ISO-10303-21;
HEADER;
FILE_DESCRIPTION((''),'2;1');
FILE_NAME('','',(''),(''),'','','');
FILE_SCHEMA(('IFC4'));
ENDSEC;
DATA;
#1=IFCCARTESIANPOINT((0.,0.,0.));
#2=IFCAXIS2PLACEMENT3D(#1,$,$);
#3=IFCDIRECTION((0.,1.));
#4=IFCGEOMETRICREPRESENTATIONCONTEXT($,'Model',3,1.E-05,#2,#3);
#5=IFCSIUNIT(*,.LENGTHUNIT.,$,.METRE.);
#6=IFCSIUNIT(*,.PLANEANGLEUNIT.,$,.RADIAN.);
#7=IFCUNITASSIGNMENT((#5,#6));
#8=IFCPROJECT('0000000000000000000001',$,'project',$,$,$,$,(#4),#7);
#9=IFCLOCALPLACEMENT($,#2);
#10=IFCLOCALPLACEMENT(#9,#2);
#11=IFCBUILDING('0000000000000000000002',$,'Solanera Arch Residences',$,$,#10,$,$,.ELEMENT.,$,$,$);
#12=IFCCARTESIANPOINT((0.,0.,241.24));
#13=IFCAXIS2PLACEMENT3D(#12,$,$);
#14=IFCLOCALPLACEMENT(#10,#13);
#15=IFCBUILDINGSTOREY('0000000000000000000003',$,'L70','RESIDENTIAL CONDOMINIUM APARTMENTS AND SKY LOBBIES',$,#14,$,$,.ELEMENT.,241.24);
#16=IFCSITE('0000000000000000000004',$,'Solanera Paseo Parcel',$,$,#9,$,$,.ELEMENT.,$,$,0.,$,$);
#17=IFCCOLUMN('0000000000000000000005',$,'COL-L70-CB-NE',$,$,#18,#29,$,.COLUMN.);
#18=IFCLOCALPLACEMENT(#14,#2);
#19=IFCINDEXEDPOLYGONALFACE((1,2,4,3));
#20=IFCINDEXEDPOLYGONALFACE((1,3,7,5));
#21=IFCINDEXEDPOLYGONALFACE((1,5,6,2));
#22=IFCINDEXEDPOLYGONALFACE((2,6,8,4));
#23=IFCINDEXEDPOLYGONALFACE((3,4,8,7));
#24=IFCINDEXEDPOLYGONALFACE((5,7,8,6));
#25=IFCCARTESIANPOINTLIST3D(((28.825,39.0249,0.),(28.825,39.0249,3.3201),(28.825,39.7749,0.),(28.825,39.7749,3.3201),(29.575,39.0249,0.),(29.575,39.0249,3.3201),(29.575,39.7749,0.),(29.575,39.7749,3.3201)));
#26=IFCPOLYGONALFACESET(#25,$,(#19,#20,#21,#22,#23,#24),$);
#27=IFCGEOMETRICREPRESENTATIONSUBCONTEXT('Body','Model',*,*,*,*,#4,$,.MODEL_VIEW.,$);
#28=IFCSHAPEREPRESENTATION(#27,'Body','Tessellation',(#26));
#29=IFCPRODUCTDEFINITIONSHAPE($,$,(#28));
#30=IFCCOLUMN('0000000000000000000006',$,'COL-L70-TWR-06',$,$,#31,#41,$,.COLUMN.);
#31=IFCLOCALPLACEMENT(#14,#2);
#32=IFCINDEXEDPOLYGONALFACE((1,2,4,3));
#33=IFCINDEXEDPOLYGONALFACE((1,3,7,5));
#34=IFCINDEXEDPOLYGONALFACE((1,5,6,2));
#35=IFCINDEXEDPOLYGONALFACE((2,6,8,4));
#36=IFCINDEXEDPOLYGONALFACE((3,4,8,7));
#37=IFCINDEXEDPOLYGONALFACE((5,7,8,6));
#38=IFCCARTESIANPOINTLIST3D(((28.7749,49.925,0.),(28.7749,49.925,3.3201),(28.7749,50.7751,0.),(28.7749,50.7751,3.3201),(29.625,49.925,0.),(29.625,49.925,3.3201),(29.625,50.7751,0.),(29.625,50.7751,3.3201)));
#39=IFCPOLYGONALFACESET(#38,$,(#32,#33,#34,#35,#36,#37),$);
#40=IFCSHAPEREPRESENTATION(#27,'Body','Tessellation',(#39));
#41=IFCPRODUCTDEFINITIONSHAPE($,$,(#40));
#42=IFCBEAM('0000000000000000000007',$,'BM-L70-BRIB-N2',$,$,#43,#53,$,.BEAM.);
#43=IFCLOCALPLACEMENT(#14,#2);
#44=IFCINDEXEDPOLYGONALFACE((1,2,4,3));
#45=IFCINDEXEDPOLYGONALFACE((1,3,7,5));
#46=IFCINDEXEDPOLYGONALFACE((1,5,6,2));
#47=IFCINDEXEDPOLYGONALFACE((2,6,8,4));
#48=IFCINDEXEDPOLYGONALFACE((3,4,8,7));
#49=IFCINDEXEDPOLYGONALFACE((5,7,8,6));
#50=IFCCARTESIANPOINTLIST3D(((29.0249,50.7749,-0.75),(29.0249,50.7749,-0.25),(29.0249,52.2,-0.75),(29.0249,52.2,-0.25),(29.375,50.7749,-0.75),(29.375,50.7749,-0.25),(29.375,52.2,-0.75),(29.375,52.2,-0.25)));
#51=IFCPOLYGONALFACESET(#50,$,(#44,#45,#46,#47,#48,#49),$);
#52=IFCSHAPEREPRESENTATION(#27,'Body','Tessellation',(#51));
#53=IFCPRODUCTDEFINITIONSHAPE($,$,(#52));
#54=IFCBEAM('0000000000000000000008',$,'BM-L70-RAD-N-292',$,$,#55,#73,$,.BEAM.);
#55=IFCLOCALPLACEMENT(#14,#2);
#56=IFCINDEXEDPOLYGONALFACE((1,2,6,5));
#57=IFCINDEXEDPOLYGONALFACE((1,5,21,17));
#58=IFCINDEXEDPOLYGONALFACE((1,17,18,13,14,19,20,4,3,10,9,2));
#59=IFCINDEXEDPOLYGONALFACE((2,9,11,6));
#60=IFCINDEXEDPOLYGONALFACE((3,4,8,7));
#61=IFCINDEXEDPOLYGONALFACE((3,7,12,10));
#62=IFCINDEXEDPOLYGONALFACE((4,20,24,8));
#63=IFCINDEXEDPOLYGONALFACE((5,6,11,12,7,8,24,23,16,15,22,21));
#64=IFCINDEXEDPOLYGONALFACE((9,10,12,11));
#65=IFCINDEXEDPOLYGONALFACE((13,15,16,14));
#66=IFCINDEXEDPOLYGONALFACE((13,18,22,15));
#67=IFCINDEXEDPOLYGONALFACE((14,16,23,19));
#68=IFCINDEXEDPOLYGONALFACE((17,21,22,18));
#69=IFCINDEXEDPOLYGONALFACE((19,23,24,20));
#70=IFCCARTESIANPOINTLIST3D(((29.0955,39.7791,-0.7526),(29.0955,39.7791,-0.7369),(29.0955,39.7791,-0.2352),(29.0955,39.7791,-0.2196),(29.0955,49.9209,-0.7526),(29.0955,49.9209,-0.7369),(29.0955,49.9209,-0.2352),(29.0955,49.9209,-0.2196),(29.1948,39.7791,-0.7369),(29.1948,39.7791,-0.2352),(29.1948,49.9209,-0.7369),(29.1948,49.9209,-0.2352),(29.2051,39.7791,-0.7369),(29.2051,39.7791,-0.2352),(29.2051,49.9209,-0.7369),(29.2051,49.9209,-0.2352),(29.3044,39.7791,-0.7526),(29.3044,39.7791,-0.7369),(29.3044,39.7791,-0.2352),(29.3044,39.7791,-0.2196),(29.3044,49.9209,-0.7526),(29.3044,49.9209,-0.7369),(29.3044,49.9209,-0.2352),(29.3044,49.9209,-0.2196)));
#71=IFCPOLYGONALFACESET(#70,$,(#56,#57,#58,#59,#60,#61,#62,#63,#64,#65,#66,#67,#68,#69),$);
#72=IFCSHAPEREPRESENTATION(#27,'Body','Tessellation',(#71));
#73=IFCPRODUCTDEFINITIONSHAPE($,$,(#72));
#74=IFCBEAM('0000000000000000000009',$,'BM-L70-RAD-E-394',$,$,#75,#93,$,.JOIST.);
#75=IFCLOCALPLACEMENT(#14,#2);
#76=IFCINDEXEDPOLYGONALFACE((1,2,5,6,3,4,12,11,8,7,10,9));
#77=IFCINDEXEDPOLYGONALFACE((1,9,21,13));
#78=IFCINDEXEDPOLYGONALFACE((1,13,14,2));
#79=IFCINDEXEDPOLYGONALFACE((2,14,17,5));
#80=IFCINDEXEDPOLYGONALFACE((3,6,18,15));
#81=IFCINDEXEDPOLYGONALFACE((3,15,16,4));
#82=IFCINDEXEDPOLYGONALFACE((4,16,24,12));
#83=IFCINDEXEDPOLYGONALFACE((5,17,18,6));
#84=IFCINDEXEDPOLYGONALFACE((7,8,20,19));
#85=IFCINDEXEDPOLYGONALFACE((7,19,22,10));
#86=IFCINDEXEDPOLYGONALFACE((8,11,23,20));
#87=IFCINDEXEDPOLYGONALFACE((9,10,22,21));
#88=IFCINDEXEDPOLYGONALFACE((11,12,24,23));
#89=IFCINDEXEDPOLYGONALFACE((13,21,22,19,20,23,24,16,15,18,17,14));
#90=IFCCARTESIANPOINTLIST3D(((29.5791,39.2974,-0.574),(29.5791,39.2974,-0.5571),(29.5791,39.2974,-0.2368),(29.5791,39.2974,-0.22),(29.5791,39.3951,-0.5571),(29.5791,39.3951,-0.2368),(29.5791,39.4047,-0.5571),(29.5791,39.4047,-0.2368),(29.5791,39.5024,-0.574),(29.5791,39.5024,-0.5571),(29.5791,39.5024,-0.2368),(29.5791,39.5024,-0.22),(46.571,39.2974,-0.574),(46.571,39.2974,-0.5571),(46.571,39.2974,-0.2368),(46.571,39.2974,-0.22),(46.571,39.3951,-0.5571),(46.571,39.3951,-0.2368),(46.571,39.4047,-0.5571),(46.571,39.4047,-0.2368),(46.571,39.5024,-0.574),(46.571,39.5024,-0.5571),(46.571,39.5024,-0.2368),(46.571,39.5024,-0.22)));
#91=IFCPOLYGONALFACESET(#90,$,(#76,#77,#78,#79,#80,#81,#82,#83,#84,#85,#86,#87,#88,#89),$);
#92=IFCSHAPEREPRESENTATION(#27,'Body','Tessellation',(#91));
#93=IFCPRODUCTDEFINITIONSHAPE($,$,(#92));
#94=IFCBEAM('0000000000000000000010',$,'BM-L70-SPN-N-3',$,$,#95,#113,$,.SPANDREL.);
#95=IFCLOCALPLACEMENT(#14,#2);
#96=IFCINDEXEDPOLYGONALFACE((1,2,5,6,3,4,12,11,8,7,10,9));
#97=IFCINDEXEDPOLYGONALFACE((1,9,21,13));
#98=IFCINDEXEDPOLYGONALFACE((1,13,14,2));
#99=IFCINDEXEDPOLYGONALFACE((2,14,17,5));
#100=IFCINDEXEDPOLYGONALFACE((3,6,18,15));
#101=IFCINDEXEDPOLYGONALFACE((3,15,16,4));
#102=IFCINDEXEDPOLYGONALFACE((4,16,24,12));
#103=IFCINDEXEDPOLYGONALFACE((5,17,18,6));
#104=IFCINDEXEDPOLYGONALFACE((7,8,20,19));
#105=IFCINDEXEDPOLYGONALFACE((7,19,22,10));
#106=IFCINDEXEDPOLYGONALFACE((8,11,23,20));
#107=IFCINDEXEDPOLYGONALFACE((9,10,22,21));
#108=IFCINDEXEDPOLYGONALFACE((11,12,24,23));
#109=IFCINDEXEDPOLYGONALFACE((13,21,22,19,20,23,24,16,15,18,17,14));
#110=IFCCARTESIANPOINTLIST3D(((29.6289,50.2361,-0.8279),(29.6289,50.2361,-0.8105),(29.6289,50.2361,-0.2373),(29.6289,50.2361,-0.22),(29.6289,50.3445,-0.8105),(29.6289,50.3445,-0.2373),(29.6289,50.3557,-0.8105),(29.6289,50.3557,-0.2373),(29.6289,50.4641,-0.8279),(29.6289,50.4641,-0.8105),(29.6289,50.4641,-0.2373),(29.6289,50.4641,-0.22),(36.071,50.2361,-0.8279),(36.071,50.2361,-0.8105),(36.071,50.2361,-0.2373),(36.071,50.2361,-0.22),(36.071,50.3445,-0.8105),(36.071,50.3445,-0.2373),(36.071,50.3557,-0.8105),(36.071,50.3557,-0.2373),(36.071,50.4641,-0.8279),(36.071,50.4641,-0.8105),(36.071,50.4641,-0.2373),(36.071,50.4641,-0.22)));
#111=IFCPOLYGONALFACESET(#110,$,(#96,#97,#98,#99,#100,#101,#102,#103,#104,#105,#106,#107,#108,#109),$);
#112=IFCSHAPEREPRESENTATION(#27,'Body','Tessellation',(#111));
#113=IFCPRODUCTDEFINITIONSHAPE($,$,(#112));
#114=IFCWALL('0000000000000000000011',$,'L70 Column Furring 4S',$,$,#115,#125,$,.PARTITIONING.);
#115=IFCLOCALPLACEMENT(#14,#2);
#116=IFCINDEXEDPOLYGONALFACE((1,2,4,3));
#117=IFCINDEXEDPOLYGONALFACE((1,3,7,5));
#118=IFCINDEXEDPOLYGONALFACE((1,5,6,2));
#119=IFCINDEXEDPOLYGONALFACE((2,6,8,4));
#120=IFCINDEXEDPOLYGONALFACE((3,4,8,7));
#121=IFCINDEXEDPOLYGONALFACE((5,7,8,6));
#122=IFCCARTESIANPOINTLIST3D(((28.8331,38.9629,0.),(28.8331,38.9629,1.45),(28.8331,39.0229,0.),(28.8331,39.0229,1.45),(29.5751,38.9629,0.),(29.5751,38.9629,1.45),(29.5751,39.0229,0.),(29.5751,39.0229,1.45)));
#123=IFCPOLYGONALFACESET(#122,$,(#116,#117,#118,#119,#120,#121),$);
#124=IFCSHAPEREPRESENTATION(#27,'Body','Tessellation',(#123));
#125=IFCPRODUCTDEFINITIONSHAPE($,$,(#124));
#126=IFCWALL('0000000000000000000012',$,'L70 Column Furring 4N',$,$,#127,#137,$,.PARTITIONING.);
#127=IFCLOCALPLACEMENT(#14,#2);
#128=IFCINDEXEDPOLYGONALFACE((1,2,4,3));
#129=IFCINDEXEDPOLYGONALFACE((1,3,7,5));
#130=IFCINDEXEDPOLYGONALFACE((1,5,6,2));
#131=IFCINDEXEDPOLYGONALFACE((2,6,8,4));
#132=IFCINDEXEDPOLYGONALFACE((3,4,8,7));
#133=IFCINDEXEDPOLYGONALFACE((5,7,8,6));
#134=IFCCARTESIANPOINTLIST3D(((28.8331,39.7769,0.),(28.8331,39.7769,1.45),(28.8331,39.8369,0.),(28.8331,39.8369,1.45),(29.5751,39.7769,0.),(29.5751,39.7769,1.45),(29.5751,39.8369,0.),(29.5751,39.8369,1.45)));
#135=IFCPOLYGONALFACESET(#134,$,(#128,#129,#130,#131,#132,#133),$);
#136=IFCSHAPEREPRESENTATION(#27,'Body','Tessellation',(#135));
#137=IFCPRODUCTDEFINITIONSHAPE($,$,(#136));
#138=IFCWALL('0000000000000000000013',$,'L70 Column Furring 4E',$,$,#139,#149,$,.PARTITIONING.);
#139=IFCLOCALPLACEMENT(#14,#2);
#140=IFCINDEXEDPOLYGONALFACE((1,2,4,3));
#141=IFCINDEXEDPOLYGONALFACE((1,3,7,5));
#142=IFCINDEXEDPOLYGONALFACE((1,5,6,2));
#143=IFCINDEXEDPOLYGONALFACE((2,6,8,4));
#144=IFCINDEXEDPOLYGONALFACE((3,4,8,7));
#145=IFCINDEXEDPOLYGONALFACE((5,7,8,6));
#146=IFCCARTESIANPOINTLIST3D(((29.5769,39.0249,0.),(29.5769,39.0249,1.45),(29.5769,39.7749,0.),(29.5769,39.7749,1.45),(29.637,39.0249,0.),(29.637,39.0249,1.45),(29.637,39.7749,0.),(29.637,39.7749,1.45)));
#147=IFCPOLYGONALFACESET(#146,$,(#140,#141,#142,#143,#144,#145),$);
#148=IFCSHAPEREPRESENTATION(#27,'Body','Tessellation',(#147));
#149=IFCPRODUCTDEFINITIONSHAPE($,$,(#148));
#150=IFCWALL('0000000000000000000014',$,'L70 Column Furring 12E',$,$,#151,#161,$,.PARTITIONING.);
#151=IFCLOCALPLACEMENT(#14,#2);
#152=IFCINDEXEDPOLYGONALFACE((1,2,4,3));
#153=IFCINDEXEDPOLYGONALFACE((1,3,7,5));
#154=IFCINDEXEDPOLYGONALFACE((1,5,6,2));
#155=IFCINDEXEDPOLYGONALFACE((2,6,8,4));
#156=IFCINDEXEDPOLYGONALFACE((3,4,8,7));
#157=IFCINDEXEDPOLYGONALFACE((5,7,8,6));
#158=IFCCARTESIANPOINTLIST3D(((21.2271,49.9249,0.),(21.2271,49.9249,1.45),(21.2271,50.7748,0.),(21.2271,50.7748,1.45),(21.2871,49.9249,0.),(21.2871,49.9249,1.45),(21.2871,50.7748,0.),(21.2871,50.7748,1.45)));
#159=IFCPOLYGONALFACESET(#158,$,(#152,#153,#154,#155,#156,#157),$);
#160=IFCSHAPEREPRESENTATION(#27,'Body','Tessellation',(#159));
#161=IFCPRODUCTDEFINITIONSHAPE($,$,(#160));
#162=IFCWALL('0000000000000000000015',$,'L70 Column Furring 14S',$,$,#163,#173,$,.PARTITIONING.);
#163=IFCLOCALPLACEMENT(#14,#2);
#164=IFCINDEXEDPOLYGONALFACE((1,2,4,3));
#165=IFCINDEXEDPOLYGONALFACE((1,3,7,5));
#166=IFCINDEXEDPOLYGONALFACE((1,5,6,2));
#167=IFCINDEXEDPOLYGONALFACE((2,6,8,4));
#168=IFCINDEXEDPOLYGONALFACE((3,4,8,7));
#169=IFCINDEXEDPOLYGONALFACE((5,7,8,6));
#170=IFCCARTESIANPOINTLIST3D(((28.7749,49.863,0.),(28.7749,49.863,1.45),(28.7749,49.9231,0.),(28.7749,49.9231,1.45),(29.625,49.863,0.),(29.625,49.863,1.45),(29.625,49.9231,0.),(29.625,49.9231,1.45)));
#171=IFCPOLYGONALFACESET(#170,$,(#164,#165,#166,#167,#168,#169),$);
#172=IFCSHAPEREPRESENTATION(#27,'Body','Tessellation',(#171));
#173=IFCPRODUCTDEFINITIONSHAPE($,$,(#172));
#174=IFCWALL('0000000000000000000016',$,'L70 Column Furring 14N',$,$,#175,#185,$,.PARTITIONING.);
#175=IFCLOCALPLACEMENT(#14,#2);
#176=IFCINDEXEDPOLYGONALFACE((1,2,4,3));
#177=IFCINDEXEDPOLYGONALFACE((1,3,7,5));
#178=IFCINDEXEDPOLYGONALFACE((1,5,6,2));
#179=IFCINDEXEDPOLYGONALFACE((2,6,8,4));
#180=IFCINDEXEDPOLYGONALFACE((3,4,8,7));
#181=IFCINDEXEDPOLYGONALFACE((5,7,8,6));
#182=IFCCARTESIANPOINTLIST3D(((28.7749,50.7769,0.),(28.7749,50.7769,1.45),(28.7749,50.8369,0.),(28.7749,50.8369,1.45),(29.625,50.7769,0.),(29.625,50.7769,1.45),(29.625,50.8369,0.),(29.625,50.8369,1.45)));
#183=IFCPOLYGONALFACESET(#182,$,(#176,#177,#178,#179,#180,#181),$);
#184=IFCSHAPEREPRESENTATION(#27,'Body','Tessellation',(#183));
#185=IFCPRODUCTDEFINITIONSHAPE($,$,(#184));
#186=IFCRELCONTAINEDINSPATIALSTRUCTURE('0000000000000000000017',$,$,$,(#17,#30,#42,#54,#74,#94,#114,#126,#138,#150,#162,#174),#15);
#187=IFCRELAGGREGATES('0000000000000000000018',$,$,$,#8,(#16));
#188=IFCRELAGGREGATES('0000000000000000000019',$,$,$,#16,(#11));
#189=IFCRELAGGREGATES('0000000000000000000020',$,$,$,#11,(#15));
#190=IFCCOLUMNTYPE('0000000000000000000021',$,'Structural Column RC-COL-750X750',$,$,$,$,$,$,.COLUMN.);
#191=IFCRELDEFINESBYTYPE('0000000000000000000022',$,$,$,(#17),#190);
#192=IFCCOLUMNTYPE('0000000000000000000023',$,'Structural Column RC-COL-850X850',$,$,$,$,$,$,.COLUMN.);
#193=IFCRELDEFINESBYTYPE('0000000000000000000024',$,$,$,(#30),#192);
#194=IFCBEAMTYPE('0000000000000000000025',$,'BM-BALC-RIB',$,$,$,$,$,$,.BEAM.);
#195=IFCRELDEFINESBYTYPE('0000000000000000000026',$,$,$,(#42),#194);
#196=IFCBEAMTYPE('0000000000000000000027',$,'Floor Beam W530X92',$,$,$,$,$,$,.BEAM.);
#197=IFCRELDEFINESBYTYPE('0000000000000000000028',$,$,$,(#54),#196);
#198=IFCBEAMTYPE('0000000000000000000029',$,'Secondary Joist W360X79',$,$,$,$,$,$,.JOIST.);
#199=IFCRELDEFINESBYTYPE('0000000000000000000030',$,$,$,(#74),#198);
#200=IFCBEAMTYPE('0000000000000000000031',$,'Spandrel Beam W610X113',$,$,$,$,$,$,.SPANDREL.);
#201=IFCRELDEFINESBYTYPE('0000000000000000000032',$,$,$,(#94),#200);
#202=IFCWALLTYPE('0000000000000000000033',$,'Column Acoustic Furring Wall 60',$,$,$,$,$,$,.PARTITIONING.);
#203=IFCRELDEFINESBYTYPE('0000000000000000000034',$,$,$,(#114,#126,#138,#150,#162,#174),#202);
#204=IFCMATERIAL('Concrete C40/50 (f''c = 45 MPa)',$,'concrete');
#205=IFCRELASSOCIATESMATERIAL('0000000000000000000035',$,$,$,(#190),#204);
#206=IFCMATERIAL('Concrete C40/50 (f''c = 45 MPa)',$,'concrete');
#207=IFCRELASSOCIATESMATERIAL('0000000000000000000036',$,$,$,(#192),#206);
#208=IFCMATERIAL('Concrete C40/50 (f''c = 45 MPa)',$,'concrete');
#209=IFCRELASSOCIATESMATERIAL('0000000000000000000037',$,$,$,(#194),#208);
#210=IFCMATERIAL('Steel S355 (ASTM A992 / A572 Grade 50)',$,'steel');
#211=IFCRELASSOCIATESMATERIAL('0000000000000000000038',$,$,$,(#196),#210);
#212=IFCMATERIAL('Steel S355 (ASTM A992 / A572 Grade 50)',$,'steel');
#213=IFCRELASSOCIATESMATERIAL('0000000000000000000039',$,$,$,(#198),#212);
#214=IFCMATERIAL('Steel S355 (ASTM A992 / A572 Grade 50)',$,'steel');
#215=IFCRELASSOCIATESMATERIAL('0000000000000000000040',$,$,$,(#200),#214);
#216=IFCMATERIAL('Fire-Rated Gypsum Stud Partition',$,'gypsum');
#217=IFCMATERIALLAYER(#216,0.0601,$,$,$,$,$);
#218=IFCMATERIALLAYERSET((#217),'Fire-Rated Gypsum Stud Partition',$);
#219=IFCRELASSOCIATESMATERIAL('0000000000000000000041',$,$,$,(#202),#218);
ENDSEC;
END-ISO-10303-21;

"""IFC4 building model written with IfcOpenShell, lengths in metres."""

from ifc_helpers import new_model, si_unit, direction, frame, frame_2d, origin, origin_2d, place, context, subcontext, project, spatial, rectangle, i_section, extrude, material, layer, layer_set, material_profile, profile_set, type_object, element, save


model = new_model("IFC4")

# Units and contexts
model_context = context("Model", 3, precision=1e-05, world=origin(), true_north=direction((0.0, 1.0)))
body_context = subcontext(model_context, "Body", "Model", "MODEL_VIEW")
ifc_project = project(units=[si_unit("LENGTHUNIT", "METRE"), si_unit("PLANEANGLEUNIT", "RADIAN")], contexts=[model_context])

# Site, building, storey
site_placement = place(None, origin())
site = spatial("IfcSite", under=ifc_project, at=site_placement, Name="Solanera Paseo Parcel", CompositionType="ELEMENT", RefElevation=0.0)
building_placement = place(site_placement, origin())
building = spatial("IfcBuilding", under=site, at=building_placement, Name="Solanera Arch Residences", CompositionType="ELEMENT")
storey_placement = place(building_placement, frame((0.0, 0.0, 241.24)))
storey = spatial("IfcBuildingStorey", under=building, at=storey_placement, Name="L70", Description="RESIDENTIAL CONDOMINIUM APARTMENTS AND SKY LOBBIES", CompositionType="ELEMENT", Elevation=241.24)

# Columns
ifc_material_1 = material(Name="Concrete C40/50 (f'c = 45 MPa)", Category="concrete")
ifc_material_profile_1 = material_profile(ifc_material_1, rectangle(XDim=0.75, YDim=0.75, at=origin_2d()))
ifc_profile_set_1 = profile_set([ifc_material_profile_1], Name="Concrete C40/50 (f'c = 45 MPa)")
column_type_1 = type_object("IfcColumnType", Name="Structural Column RC-COL-750X750", PredefinedType="COLUMN", material=ifc_profile_set_1)
column_1_placement = place(storey_placement, frame((29.2, 39.3999, 0.0), z_axis=(0.0, 0.0, 1.0), x_axis=(1.0, 0.0, 0.0)))
element("IfcColumn", 1, at=column_1_placement, inside=storey, type_object=column_type_1, Name="COL-L70-CB-NE", PredefinedType="COLUMN", context=body_context, shape_type="SweptSolid", body=[
    extrude(rectangle(XDim=0.75, YDim=0.75, at=origin_2d()), origin(), (0.0, 0.0, 1.0), 3.3201),
])
ifc_material_2 = material(Name="Concrete C40/50 (f'c = 45 MPa)", Category="concrete")
ifc_material_profile_2 = material_profile(ifc_material_2, rectangle(XDim=0.8501, YDim=0.8501, at=origin_2d()))
ifc_profile_set_2 = profile_set([ifc_material_profile_2], Name="Concrete C40/50 (f'c = 45 MPa)")
column_type_2 = type_object("IfcColumnType", Name="Structural Column RC-COL-850X850", PredefinedType="COLUMN", material=ifc_profile_set_2)
column_2_placement = place(storey_placement, frame((29.2, 50.3501, 0.0), z_axis=(0.0, 0.0, 1.0), x_axis=(1.0, 0.0, 0.0)))
element("IfcColumn", 2, at=column_2_placement, inside=storey, type_object=column_type_2, Name="COL-L70-TWR-06", PredefinedType="COLUMN", context=body_context, shape_type="SweptSolid", body=[
    extrude(rectangle(XDim=0.8501, YDim=0.8501, at=origin_2d()), origin(), (0.0, 0.0, 1.0), 3.3201),
])

# Beams
ifc_material_3 = material(Name="Concrete C40/50 (f'c = 45 MPa)", Category="concrete")
ifc_material_profile_3 = material_profile(ifc_material_3, rectangle(XDim=0.3501, YDim=0.5, at=origin_2d()))
ifc_profile_set_3 = profile_set([ifc_material_profile_3], Name="Concrete C40/50 (f'c = 45 MPa)")
beam_type_1 = type_object("IfcBeamType", Name="BM-BALC-RIB", PredefinedType="BEAM", material=ifc_profile_set_3)
beam_1_placement = place(storey_placement, frame((29.2, 50.7749, -0.5), z_axis=(0.0, 1.0, 0.0), x_axis=(-1.0, 0.0, 0.0)))
element("IfcBeam", 3, at=beam_1_placement, inside=storey, type_object=beam_type_1, Name="BM-L70-BRIB-N2", PredefinedType="BEAM", context=body_context, shape_type="SweptSolid", body=[
    extrude(rectangle(XDim=0.3501, YDim=0.5, at=origin_2d()), origin(), (0.0, 0.0, 1.0), 1.425),
])
ifc_material_4 = material(Name="Steel S355 (ASTM A992 / A572 Grade 50)", Category="steel")
ifc_material_profile_4 = material_profile(ifc_material_4, i_section(OverallWidth=0.209, OverallDepth=0.533, WebThickness=0.0103, FlangeThickness=0.0156, at=origin_2d()))
ifc_profile_set_4 = profile_set([ifc_material_profile_4], Name="Steel S355 (ASTM A992 / A572 Grade 50)")
beam_type_2 = type_object("IfcBeamType", Name="Floor Beam W530X92", PredefinedType="BEAM", material=ifc_profile_set_4)
beam_2_placement = place(storey_placement, frame((29.2, 39.7791, -0.4861), z_axis=(0.0, 1.0, 0.0), x_axis=(-1.0, 0.0, 0.0)))
element("IfcBeam", 4, at=beam_2_placement, inside=storey, type_object=beam_type_2, Name="BM-L70-RAD-N-292", PredefinedType="BEAM", context=body_context, shape_type="SweptSolid", body=[
    extrude(i_section(OverallWidth=0.209, OverallDepth=0.533, WebThickness=0.0103, FlangeThickness=0.0156, at=origin_2d()), origin(), (0.0, 0.0, 1.0), 10.1418),
])
ifc_material_5 = material(Name="Steel S355 (ASTM A992 / A572 Grade 50)", Category="steel")
ifc_material_profile_5 = material_profile(ifc_material_5, i_section(OverallWidth=0.2051, OverallDepth=0.354, WebThickness=0.0095, FlangeThickness=0.0168, at=origin_2d()))
ifc_profile_set_5 = profile_set([ifc_material_profile_5], Name="Steel S355 (ASTM A992 / A572 Grade 50)")
beam_type_3 = type_object("IfcBeamType", Name="Secondary Joist W360X79", PredefinedType="JOIST", material=ifc_profile_set_5)
beam_3_placement = place(storey_placement, frame((29.5791, 39.3999, -0.397), z_axis=(1.0, 0.0, 0.0), x_axis=(0.0, 1.0, 0.0)))
element("IfcBeam", 5, at=beam_3_placement, inside=storey, type_object=beam_type_3, Name="BM-L70-RAD-E-394", PredefinedType="JOIST", context=body_context, shape_type="SweptSolid", body=[
    extrude(i_section(OverallWidth=0.2051, OverallDepth=0.354, WebThickness=0.0095, FlangeThickness=0.0168, at=origin_2d()), origin(), (0.0, 0.0, 1.0), 16.9919),
])
ifc_material_6 = material(Name="Steel S355 (ASTM A992 / A572 Grade 50)", Category="steel")
ifc_material_profile_6 = material_profile(ifc_material_6, i_section(OverallWidth=0.228, OverallDepth=0.6079, WebThickness=0.0112, FlangeThickness=0.0173, at=origin_2d()))
ifc_profile_set_6 = profile_set([ifc_material_profile_6], Name="Steel S355 (ASTM A992 / A572 Grade 50)")
beam_type_4 = type_object("IfcBeamType", Name="Spandrel Beam W610X113", PredefinedType="SPANDREL", material=ifc_profile_set_6)
beam_4_placement = place(storey_placement, frame((29.6289, 50.3501, -0.5239), z_axis=(1.0, 0.0, 0.0), x_axis=(0.0, 1.0, 0.0)))
element("IfcBeam", 6, at=beam_4_placement, inside=storey, type_object=beam_type_4, Name="BM-L70-SPN-N-3", PredefinedType="SPANDREL", context=body_context, shape_type="SweptSolid", body=[
    extrude(i_section(OverallWidth=0.228, OverallDepth=0.6079, WebThickness=0.0112, FlangeThickness=0.0173, at=origin_2d()), origin(), (0.0, 0.0, 1.0), 6.4421),
])

# Walls
ifc_material_7 = material(Name="Fire-Rated Gypsum Stud Partition", Category="gypsum")
ifc_layer_1 = layer(ifc_material_7, 0.0601)
ifc_layer_set_1 = layer_set([ifc_layer_1], Name="Fire-Rated Gypsum Stud Partition")
wall_type_1 = type_object("IfcWallType", Name="Column Acoustic Furring Wall 60", PredefinedType="PARTITIONING", material=ifc_layer_set_1)
for number, where, z_axis, x_axis, name in (
    (7, (28.833, 38.9929, 0.0), (0.0, 0.0, 1.0), (1.0, 0.0, 0.0), "L70 Column Furring 4S"),
    (8, (28.833, 39.8069, 0.0), (0.0, 0.0, 1.0), (1.0, 0.0, 0.0), "L70 Column Furring 4N"),
):
    element("IfcWall", number, at=place(storey_placement, frame(where, z_axis=z_axis, x_axis=x_axis)), inside=storey, type_object=wall_type_1, Name=name, PredefinedType="PARTITIONING", context=body_context, shape_type="SweptSolid", body=[
        extrude(rectangle(XDim=0.7419, YDim=0.0601, at=frame_2d((0.3711, 0.0))), origin(), (0.0, 0.0, 1.0), 1.45),
    ])
wall_1_placement = place(storey_placement, frame((29.6069, 39.0249, 0.0), z_axis=(0.0, 0.0, 1.0), x_axis=(0.0, 1.0, 0.0)))
element("IfcWall", 9, at=wall_1_placement, inside=storey, type_object=wall_type_1, Name="L70 Column Furring 4E", PredefinedType="PARTITIONING", context=body_context, shape_type="SweptSolid", body=[
    extrude(rectangle(XDim=0.75, YDim=0.0601, at=frame_2d((0.375, 0.0))), origin(), (0.0, 0.0, 1.0), 1.45),
])
wall_2_placement = place(storey_placement, frame((21.2571, 49.925, 0.0), z_axis=(0.0, 0.0, 1.0), x_axis=(0.0, 1.0, 0.0)))
element("IfcWall", 10, at=wall_2_placement, inside=storey, type_object=wall_type_1, Name="L70 Column Furring 12E", PredefinedType="PARTITIONING", context=body_context, shape_type="SweptSolid", body=[
    extrude(rectangle(XDim=0.8499, YDim=0.0601, at=frame_2d((0.4248, 0.0))), origin(), (0.0, 0.0, 1.0), 1.45),
])
for number, where, z_axis, x_axis, name in (
    (11, (28.7749, 49.8931, 0.0), (0.0, 0.0, 1.0), (1.0, 0.0, 0.0), "L70 Column Furring 14S"),
    (12, (28.7749, 50.8069, 0.0), (0.0, 0.0, 1.0), (1.0, 0.0, 0.0), "L70 Column Furring 14N"),
):
    element("IfcWall", number, at=place(storey_placement, frame(where, z_axis=z_axis, x_axis=x_axis)), inside=storey, type_object=wall_type_1, Name=name, PredefinedType="PARTITIONING", context=body_context, shape_type="SweptSolid", body=[
        extrude(rectangle(XDim=0.8501, YDim=0.0601, at=frame_2d((0.425, 0.0))), origin(), (0.0, 0.0, 1.0), 1.45),
    ])

save(model, "model.ifc")
